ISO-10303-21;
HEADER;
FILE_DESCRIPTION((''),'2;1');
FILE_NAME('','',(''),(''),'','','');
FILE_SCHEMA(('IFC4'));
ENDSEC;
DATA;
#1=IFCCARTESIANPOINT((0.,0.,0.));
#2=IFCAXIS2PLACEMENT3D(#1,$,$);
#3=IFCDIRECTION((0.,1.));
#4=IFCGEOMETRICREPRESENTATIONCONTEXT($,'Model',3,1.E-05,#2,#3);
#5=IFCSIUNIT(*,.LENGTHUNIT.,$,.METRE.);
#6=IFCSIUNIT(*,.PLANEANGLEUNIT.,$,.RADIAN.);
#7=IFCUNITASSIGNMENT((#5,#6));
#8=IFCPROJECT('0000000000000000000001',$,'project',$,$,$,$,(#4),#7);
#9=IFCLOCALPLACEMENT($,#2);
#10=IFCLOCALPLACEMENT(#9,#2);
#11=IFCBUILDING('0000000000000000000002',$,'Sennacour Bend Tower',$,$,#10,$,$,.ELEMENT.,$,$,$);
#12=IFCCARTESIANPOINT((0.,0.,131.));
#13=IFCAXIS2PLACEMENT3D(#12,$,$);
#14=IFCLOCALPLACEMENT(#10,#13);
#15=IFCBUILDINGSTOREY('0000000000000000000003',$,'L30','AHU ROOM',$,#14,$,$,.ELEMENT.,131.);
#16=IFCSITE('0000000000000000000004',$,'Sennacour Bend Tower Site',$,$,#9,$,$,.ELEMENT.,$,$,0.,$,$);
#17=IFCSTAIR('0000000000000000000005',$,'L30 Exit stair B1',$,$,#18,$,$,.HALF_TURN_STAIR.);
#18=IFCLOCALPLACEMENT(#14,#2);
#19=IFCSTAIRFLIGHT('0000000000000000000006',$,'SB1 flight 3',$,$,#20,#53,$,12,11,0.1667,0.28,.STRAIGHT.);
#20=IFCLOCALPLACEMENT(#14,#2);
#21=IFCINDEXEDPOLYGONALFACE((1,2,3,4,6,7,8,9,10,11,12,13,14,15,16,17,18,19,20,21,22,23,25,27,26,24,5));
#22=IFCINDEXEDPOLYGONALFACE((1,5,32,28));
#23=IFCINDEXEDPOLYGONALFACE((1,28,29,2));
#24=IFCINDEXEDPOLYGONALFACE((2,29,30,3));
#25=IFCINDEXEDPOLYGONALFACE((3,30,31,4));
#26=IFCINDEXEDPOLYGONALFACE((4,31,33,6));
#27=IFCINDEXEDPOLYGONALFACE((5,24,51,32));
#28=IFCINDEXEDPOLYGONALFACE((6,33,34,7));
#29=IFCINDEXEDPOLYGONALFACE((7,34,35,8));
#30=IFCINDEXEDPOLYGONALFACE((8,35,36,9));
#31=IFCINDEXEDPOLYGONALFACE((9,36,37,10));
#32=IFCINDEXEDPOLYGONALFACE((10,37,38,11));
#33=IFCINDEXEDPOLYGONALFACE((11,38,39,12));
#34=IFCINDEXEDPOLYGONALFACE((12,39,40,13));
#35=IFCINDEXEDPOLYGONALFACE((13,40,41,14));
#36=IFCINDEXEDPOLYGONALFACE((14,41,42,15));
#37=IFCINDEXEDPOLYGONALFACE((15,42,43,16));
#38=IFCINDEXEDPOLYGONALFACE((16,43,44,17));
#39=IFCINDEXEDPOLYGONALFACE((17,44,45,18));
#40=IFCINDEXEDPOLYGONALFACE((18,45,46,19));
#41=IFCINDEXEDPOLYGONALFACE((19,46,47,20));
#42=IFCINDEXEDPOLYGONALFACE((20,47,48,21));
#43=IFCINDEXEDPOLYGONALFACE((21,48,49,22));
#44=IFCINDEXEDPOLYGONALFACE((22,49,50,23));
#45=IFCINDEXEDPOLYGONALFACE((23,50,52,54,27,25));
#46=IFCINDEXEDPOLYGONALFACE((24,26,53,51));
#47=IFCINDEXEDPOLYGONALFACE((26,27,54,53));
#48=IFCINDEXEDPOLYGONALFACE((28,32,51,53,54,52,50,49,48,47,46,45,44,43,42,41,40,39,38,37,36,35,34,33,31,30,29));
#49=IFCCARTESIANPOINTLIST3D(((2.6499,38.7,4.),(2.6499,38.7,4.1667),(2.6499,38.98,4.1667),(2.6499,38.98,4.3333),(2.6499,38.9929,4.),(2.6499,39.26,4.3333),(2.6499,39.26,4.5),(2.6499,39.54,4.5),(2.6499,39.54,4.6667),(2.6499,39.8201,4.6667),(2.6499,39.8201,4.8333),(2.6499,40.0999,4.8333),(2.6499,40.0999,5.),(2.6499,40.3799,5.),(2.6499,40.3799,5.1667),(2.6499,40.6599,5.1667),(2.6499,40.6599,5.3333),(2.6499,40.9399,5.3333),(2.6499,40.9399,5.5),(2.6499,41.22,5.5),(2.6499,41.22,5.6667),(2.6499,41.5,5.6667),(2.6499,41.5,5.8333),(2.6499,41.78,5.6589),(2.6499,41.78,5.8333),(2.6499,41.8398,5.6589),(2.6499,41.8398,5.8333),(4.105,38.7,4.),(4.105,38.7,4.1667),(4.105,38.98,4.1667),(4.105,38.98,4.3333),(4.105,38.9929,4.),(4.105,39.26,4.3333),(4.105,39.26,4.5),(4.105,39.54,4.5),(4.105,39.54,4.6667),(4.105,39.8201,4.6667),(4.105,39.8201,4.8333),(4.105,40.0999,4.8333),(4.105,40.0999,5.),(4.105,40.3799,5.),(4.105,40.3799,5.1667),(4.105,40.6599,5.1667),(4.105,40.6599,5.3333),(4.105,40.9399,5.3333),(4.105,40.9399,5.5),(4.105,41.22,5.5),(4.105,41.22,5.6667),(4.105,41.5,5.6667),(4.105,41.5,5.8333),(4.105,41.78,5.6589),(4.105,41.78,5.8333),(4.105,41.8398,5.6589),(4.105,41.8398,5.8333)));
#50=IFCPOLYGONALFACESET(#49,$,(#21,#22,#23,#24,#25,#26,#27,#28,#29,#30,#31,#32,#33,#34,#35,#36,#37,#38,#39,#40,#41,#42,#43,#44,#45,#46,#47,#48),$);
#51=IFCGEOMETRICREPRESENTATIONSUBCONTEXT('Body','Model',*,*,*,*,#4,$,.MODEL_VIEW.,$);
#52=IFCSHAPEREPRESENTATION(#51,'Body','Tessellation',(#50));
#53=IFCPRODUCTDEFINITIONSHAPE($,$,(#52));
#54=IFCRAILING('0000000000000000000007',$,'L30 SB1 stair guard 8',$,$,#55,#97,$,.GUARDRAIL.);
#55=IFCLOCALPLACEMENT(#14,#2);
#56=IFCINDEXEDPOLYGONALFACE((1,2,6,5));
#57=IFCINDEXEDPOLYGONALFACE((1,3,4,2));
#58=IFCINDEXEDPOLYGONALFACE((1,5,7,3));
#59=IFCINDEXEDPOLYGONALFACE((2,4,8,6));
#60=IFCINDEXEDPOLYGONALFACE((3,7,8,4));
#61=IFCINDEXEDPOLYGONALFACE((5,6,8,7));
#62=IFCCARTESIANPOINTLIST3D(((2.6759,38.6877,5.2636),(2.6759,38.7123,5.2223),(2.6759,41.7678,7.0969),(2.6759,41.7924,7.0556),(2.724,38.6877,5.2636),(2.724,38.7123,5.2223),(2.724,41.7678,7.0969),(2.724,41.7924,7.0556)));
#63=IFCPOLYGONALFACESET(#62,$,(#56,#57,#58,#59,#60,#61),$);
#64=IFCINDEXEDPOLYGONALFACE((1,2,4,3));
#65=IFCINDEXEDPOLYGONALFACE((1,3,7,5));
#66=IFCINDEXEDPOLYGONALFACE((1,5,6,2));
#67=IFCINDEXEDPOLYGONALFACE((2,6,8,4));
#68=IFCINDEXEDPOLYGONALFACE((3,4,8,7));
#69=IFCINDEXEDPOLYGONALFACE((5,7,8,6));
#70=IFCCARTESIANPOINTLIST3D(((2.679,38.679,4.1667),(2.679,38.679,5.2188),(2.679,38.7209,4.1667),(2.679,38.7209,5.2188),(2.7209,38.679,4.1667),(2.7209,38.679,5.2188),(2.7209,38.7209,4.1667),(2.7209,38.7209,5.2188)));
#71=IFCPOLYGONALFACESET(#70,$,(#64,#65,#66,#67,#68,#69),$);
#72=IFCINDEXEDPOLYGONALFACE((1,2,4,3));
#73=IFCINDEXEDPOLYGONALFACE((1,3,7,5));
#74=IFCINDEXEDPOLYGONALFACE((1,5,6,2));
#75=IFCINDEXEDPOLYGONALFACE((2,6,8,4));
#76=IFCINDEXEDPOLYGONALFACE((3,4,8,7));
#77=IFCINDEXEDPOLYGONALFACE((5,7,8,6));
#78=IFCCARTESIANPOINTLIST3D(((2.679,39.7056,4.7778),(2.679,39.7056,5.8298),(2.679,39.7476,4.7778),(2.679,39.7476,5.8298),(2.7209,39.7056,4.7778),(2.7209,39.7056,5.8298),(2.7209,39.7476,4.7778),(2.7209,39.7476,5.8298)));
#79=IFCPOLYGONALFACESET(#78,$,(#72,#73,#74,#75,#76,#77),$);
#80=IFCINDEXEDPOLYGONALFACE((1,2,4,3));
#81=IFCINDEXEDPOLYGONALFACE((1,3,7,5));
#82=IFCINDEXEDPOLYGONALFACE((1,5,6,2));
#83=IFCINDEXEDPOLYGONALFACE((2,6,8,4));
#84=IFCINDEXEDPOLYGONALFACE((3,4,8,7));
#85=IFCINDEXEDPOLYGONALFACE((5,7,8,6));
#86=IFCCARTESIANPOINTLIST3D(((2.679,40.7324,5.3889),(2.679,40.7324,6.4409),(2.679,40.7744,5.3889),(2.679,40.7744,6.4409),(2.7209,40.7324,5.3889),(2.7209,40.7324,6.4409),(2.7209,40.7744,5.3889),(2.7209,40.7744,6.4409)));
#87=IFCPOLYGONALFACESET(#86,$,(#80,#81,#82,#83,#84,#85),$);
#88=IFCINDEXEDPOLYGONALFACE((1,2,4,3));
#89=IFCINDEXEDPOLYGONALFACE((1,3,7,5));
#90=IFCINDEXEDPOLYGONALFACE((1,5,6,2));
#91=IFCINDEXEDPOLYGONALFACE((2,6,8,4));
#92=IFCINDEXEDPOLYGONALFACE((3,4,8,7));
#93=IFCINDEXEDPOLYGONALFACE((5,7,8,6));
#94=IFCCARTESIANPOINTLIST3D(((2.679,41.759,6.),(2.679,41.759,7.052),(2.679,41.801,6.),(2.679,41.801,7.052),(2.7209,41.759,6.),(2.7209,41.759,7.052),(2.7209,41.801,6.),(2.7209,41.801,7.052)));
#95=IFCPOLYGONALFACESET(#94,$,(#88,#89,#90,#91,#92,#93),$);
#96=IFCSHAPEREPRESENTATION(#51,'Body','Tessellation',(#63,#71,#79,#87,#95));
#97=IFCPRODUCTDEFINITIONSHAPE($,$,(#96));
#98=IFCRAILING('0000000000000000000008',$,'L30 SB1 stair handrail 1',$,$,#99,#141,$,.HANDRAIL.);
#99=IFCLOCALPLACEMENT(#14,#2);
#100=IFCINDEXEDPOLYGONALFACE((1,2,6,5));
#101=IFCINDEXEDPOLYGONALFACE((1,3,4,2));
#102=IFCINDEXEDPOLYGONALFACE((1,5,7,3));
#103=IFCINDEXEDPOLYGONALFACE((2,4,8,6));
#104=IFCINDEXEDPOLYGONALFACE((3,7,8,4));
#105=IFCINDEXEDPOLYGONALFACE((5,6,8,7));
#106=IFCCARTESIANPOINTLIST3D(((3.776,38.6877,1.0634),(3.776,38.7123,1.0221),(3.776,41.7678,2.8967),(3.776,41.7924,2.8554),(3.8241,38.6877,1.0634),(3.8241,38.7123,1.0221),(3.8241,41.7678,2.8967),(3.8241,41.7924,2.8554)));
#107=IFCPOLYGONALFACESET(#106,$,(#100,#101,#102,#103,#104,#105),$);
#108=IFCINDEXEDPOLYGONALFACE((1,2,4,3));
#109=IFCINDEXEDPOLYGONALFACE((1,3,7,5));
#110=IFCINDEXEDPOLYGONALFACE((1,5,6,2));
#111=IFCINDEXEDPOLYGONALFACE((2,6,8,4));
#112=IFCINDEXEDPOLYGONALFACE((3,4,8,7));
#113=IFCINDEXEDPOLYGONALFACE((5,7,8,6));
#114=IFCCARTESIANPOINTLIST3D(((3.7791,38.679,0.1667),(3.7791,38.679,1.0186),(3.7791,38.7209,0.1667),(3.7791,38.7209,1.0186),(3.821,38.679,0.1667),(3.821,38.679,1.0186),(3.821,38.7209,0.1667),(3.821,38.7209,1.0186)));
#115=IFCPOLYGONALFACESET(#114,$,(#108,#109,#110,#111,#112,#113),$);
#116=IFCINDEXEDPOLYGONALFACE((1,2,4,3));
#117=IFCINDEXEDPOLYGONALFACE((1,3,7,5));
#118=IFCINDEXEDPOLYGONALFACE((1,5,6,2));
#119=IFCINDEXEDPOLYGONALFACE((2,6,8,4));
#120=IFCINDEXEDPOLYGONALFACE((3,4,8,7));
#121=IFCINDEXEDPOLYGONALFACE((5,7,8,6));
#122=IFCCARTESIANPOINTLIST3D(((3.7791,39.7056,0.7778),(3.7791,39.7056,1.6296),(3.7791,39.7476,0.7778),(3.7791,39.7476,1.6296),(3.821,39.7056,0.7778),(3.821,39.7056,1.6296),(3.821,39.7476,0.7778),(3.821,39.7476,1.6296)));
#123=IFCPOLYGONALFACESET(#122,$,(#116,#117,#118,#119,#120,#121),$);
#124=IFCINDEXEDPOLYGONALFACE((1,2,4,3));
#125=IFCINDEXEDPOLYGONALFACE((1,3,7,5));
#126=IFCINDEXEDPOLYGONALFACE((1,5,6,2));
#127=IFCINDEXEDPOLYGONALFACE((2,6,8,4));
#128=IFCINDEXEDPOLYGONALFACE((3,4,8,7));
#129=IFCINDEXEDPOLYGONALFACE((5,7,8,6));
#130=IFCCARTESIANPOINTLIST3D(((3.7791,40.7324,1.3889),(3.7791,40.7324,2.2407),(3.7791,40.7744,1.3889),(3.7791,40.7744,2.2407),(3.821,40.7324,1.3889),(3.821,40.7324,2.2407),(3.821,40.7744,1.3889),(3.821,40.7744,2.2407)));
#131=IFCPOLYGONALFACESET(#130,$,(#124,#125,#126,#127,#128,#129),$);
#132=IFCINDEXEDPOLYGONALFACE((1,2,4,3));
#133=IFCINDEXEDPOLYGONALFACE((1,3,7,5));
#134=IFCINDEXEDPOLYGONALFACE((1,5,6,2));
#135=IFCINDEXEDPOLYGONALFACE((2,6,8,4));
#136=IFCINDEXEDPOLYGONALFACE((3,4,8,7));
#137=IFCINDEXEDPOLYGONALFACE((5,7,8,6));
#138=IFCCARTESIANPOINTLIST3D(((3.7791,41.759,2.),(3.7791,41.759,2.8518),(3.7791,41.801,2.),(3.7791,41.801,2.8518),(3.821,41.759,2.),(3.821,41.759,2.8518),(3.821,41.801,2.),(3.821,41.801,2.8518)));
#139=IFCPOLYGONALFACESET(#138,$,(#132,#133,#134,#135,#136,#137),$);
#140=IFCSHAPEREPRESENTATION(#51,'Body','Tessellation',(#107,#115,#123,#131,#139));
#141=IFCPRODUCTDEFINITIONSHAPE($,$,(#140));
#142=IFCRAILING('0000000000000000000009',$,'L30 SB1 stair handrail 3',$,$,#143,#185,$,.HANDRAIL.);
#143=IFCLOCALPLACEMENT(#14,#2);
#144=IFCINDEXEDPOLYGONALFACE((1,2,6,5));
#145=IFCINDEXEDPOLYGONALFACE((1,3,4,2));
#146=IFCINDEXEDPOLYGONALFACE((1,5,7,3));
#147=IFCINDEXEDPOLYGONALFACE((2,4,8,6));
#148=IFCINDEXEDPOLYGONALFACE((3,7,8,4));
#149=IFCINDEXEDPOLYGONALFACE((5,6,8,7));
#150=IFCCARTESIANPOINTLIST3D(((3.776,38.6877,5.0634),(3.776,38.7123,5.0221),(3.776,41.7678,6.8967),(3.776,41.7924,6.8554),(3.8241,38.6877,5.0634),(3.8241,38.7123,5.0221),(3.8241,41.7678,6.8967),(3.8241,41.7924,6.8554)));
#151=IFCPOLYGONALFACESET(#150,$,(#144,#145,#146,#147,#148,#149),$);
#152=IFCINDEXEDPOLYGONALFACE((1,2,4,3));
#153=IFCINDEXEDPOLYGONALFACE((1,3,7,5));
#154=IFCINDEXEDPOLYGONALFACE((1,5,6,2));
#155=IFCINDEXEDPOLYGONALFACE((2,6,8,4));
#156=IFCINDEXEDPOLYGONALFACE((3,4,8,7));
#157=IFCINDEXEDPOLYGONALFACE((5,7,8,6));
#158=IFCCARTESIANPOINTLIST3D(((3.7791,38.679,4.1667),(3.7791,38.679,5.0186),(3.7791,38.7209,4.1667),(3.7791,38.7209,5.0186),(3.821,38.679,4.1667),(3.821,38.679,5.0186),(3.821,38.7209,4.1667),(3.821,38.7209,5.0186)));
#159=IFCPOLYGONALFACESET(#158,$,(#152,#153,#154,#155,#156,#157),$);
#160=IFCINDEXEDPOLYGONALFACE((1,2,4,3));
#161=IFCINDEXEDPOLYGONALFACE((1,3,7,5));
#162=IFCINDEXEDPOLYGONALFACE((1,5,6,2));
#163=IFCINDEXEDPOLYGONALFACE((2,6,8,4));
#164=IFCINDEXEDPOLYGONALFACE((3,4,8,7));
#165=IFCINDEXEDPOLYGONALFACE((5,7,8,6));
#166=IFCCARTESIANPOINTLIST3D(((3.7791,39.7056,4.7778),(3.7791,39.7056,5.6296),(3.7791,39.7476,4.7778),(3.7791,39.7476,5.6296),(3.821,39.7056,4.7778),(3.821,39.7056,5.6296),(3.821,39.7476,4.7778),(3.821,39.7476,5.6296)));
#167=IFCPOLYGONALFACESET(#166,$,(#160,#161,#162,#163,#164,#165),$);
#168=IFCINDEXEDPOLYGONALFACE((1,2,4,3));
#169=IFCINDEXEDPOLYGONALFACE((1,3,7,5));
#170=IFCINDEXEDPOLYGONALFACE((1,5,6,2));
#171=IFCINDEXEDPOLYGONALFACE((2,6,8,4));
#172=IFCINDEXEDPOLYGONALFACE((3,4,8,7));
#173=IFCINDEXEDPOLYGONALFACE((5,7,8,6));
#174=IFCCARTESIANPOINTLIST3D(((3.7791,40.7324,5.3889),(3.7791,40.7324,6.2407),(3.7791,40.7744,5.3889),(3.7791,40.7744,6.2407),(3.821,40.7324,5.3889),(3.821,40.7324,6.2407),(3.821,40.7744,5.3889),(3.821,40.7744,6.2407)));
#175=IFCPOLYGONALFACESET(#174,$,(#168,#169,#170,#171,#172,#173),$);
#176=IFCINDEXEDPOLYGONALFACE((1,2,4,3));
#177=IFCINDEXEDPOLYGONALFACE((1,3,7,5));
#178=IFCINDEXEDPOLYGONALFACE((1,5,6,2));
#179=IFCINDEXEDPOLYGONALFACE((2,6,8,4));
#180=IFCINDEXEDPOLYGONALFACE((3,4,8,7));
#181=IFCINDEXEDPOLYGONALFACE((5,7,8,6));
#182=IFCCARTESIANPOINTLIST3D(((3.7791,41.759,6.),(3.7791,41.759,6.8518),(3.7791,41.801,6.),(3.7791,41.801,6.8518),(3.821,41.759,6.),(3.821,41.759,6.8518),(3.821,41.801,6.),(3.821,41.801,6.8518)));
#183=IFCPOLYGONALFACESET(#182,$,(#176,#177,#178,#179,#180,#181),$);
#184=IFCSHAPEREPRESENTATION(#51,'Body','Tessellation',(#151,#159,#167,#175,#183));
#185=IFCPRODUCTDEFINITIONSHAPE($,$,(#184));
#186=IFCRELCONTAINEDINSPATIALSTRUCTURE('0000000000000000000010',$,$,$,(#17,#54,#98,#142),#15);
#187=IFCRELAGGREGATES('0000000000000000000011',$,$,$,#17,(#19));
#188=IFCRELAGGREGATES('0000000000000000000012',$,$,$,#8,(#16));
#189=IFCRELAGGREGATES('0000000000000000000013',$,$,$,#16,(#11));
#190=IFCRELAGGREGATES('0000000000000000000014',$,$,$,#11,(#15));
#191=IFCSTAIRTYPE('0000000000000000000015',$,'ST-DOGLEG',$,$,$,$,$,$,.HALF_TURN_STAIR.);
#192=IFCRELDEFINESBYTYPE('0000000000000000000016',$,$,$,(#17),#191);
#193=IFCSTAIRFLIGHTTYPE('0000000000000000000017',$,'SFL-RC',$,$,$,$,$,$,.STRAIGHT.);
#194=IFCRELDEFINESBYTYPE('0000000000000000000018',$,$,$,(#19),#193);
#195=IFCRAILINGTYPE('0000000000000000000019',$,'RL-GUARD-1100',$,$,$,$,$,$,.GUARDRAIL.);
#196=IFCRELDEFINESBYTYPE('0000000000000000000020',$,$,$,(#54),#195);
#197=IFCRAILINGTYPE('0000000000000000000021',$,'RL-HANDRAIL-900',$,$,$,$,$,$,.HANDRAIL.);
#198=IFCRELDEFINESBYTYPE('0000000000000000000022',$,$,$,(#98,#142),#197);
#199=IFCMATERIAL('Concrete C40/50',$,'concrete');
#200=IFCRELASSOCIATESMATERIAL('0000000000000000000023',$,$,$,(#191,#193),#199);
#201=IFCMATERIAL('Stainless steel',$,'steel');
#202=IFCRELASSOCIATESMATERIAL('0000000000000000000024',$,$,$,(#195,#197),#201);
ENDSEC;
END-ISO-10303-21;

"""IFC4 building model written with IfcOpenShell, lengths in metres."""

from ifc_helpers import new_model, si_unit, direction, frame, origin, origin_2d, place, context, subcontext, project, spatial, polyline, rectangle, outline, extrude, material, type_object, element, aggregate, save


model = new_model("IFC4")

# Units and contexts
model_context = context("Model", 3, precision=1e-05, world=origin(), true_north=direction((0.0, 1.0)))
body_context = subcontext(model_context, "Body", "Model", "MODEL_VIEW")
ifc_project = project(units=[si_unit("LENGTHUNIT", "METRE"), si_unit("PLANEANGLEUNIT", "RADIAN")], contexts=[model_context])

# Site, building, storey
site_placement = place(None, origin())
site = spatial("IfcSite", under=ifc_project, at=site_placement, Name="Sennacour Bend Tower Site", CompositionType="ELEMENT", RefElevation=0.0)
building_placement = place(site_placement, origin())
building = spatial("IfcBuilding", under=site, at=building_placement, Name="Sennacour Bend Tower", CompositionType="ELEMENT")
storey_placement = place(building_placement, frame((0.0, 0.0, 131.0)))
storey = spatial("IfcBuildingStorey", under=building, at=storey_placement, Name="L30", Description="AHU ROOM", CompositionType="ELEMENT", Elevation=131.0)

# Shared definitions
ifc_material_1 = material(Name="Stainless steel", Category="steel")

# Stair, stair flight
ifc_material_2 = material(Name="Concrete C40/50", Category="concrete")
stair_type = type_object("IfcStairType", Name="ST-DOGLEG", PredefinedType="HALF_TURN_STAIR", material=ifc_material_2)
stair_placement = place(storey_placement, origin())
stair = element("IfcStair", 1, at=stair_placement, inside=storey, type_object=stair_type, Name="L30 Exit stair B1", PredefinedType="HALF_TURN_STAIR")
stair_flight_type = type_object("IfcStairFlightType", Name="SFL-RC", PredefinedType="STRAIGHT", material=ifc_material_2)
stair_flight_1_placement = place(storey_placement, frame((3.3774, 38.7, 4.0), z_axis=(0.0, 0.0, 1.0), x_axis=(0.0, 1.0, 0.0)))
stair_flight_1 = element("IfcStairFlight", 2, at=stair_flight_1_placement, type_object=stair_flight_type, Name="SB1 flight 3", NumberOfRisers=12, NumberOfTreads=11, PredefinedType="STRAIGHT", RiserHeight=0.1667, TreadLength=0.28, context=body_context, shape_type="SweptSolid", body=[
    extrude(outline(polyline([(0.0, 0.0), (0.0, 0.1667), (0.28, 0.1667), (0.28, 0.3333), (0.5601, 0.3333), (0.5601, 0.5), (0.8401, 0.5), (0.8401, 0.6667), (1.1201, 0.6667), (1.1201, 0.8333), (1.3999, 0.8333), (1.3999, 1.0), (1.6799, 1.0), (1.6799, 1.1667), (1.96, 1.1667), (1.96, 1.3333), (2.24, 1.3333), (2.24, 1.5), (2.52, 1.5), (2.52, 1.6667), (2.8, 1.6667), (2.8, 1.8333), (3.0801, 1.8333), (3.1399, 1.8333), (3.1399, 1.6589), (3.0801, 1.6589), (0.293, 0.0), (0.0, 0.0)])), frame((0.0, 0.7275, 0.0), z_axis=(0.0, -1.0, 0.0), x_axis=(1.0, 0.0, 0.0)), (0.0, 0.0, 1.0), 1.4551),
])
aggregate(stair, [stair_flight_1])

# Railings
railing_type_1 = type_object("IfcRailingType", Name="RL-GUARD-1100", PredefinedType="GUARDRAIL", material=ifc_material_1)
railing_placement = place(storey_placement, frame((2.7, 38.7, 4.1667)))
element("IfcRailing", 3, at=railing_placement, inside=storey, type_object=railing_type_1, Name="L30 SB1 stair guard 8", PredefinedType="GUARDRAIL", context=body_context, shape_type="SweptSolid", body=[
    extrude(rectangle(XDim=0.0481, YDim=0.0481, at=origin_2d()), frame((0.0, 0.0, 1.0762), z_axis=(0.0, 0.859309, 0.511458), x_axis=(-1.0, 0.0, 0.0)), (0.0, 0.0, 1.0), 3.5845),
    extrude(rectangle(XDim=0.042, YDim=0.042, at=origin_2d()), origin(), (0.0, 0.0, 1.0), 1.052),
    extrude(rectangle(XDim=0.042, YDim=0.042, at=origin_2d()), frame((0.0, 1.0266, 0.6111)), (0.0, 0.0, 1.0), 1.052),
    extrude(rectangle(XDim=0.042, YDim=0.042, at=origin_2d()), frame((0.0, 2.0535, 1.2222)), (0.0, 0.0, 1.0), 1.052),
    extrude(rectangle(XDim=0.042, YDim=0.042, at=origin_2d()), frame((0.0, 3.0801, 1.8333)), (0.0, 0.0, 1.0), 1.052),
])
railing_type_2 = type_object("IfcRailingType", Name="RL-HANDRAIL-900", PredefinedType="HANDRAIL", material=ifc_material_1)
for number, where, name in (
    (4, (3.8, 38.7, 0.1667), "L30 SB1 stair handrail 1"),
    (5, (3.8, 38.7, 4.1667), "L30 SB1 stair handrail 3"),
):
    element("IfcRailing", number, at=place(storey_placement, frame(where)), inside=storey, type_object=railing_type_2, Name=name, PredefinedType="HANDRAIL", context=body_context, shape_type="SweptSolid", body=[
        extrude(rectangle(XDim=0.0481, YDim=0.0481, at=origin_2d()), frame((0.0, 0.0, 0.876), z_axis=(0.0, 0.859309, 0.511458), x_axis=(-1.0, 0.0, 0.0)), (0.0, 0.0, 1.0), 3.5845),
        extrude(rectangle(XDim=0.042, YDim=0.042, at=origin_2d()), origin(), (0.0, 0.0, 1.0), 0.8518),
        extrude(rectangle(XDim=0.042, YDim=0.042, at=origin_2d()), frame((0.0, 1.0266, 0.6111)), (0.0, 0.0, 1.0), 0.8518),
        extrude(rectangle(XDim=0.042, YDim=0.042, at=origin_2d()), frame((0.0, 2.0535, 1.2222)), (0.0, 0.0, 1.0), 0.8518),
        extrude(rectangle(XDim=0.042, YDim=0.042, at=origin_2d()), frame((0.0, 3.0801, 1.8333)), (0.0, 0.0, 1.0), 0.8518),
    ])

save(model, "model.ifc")
